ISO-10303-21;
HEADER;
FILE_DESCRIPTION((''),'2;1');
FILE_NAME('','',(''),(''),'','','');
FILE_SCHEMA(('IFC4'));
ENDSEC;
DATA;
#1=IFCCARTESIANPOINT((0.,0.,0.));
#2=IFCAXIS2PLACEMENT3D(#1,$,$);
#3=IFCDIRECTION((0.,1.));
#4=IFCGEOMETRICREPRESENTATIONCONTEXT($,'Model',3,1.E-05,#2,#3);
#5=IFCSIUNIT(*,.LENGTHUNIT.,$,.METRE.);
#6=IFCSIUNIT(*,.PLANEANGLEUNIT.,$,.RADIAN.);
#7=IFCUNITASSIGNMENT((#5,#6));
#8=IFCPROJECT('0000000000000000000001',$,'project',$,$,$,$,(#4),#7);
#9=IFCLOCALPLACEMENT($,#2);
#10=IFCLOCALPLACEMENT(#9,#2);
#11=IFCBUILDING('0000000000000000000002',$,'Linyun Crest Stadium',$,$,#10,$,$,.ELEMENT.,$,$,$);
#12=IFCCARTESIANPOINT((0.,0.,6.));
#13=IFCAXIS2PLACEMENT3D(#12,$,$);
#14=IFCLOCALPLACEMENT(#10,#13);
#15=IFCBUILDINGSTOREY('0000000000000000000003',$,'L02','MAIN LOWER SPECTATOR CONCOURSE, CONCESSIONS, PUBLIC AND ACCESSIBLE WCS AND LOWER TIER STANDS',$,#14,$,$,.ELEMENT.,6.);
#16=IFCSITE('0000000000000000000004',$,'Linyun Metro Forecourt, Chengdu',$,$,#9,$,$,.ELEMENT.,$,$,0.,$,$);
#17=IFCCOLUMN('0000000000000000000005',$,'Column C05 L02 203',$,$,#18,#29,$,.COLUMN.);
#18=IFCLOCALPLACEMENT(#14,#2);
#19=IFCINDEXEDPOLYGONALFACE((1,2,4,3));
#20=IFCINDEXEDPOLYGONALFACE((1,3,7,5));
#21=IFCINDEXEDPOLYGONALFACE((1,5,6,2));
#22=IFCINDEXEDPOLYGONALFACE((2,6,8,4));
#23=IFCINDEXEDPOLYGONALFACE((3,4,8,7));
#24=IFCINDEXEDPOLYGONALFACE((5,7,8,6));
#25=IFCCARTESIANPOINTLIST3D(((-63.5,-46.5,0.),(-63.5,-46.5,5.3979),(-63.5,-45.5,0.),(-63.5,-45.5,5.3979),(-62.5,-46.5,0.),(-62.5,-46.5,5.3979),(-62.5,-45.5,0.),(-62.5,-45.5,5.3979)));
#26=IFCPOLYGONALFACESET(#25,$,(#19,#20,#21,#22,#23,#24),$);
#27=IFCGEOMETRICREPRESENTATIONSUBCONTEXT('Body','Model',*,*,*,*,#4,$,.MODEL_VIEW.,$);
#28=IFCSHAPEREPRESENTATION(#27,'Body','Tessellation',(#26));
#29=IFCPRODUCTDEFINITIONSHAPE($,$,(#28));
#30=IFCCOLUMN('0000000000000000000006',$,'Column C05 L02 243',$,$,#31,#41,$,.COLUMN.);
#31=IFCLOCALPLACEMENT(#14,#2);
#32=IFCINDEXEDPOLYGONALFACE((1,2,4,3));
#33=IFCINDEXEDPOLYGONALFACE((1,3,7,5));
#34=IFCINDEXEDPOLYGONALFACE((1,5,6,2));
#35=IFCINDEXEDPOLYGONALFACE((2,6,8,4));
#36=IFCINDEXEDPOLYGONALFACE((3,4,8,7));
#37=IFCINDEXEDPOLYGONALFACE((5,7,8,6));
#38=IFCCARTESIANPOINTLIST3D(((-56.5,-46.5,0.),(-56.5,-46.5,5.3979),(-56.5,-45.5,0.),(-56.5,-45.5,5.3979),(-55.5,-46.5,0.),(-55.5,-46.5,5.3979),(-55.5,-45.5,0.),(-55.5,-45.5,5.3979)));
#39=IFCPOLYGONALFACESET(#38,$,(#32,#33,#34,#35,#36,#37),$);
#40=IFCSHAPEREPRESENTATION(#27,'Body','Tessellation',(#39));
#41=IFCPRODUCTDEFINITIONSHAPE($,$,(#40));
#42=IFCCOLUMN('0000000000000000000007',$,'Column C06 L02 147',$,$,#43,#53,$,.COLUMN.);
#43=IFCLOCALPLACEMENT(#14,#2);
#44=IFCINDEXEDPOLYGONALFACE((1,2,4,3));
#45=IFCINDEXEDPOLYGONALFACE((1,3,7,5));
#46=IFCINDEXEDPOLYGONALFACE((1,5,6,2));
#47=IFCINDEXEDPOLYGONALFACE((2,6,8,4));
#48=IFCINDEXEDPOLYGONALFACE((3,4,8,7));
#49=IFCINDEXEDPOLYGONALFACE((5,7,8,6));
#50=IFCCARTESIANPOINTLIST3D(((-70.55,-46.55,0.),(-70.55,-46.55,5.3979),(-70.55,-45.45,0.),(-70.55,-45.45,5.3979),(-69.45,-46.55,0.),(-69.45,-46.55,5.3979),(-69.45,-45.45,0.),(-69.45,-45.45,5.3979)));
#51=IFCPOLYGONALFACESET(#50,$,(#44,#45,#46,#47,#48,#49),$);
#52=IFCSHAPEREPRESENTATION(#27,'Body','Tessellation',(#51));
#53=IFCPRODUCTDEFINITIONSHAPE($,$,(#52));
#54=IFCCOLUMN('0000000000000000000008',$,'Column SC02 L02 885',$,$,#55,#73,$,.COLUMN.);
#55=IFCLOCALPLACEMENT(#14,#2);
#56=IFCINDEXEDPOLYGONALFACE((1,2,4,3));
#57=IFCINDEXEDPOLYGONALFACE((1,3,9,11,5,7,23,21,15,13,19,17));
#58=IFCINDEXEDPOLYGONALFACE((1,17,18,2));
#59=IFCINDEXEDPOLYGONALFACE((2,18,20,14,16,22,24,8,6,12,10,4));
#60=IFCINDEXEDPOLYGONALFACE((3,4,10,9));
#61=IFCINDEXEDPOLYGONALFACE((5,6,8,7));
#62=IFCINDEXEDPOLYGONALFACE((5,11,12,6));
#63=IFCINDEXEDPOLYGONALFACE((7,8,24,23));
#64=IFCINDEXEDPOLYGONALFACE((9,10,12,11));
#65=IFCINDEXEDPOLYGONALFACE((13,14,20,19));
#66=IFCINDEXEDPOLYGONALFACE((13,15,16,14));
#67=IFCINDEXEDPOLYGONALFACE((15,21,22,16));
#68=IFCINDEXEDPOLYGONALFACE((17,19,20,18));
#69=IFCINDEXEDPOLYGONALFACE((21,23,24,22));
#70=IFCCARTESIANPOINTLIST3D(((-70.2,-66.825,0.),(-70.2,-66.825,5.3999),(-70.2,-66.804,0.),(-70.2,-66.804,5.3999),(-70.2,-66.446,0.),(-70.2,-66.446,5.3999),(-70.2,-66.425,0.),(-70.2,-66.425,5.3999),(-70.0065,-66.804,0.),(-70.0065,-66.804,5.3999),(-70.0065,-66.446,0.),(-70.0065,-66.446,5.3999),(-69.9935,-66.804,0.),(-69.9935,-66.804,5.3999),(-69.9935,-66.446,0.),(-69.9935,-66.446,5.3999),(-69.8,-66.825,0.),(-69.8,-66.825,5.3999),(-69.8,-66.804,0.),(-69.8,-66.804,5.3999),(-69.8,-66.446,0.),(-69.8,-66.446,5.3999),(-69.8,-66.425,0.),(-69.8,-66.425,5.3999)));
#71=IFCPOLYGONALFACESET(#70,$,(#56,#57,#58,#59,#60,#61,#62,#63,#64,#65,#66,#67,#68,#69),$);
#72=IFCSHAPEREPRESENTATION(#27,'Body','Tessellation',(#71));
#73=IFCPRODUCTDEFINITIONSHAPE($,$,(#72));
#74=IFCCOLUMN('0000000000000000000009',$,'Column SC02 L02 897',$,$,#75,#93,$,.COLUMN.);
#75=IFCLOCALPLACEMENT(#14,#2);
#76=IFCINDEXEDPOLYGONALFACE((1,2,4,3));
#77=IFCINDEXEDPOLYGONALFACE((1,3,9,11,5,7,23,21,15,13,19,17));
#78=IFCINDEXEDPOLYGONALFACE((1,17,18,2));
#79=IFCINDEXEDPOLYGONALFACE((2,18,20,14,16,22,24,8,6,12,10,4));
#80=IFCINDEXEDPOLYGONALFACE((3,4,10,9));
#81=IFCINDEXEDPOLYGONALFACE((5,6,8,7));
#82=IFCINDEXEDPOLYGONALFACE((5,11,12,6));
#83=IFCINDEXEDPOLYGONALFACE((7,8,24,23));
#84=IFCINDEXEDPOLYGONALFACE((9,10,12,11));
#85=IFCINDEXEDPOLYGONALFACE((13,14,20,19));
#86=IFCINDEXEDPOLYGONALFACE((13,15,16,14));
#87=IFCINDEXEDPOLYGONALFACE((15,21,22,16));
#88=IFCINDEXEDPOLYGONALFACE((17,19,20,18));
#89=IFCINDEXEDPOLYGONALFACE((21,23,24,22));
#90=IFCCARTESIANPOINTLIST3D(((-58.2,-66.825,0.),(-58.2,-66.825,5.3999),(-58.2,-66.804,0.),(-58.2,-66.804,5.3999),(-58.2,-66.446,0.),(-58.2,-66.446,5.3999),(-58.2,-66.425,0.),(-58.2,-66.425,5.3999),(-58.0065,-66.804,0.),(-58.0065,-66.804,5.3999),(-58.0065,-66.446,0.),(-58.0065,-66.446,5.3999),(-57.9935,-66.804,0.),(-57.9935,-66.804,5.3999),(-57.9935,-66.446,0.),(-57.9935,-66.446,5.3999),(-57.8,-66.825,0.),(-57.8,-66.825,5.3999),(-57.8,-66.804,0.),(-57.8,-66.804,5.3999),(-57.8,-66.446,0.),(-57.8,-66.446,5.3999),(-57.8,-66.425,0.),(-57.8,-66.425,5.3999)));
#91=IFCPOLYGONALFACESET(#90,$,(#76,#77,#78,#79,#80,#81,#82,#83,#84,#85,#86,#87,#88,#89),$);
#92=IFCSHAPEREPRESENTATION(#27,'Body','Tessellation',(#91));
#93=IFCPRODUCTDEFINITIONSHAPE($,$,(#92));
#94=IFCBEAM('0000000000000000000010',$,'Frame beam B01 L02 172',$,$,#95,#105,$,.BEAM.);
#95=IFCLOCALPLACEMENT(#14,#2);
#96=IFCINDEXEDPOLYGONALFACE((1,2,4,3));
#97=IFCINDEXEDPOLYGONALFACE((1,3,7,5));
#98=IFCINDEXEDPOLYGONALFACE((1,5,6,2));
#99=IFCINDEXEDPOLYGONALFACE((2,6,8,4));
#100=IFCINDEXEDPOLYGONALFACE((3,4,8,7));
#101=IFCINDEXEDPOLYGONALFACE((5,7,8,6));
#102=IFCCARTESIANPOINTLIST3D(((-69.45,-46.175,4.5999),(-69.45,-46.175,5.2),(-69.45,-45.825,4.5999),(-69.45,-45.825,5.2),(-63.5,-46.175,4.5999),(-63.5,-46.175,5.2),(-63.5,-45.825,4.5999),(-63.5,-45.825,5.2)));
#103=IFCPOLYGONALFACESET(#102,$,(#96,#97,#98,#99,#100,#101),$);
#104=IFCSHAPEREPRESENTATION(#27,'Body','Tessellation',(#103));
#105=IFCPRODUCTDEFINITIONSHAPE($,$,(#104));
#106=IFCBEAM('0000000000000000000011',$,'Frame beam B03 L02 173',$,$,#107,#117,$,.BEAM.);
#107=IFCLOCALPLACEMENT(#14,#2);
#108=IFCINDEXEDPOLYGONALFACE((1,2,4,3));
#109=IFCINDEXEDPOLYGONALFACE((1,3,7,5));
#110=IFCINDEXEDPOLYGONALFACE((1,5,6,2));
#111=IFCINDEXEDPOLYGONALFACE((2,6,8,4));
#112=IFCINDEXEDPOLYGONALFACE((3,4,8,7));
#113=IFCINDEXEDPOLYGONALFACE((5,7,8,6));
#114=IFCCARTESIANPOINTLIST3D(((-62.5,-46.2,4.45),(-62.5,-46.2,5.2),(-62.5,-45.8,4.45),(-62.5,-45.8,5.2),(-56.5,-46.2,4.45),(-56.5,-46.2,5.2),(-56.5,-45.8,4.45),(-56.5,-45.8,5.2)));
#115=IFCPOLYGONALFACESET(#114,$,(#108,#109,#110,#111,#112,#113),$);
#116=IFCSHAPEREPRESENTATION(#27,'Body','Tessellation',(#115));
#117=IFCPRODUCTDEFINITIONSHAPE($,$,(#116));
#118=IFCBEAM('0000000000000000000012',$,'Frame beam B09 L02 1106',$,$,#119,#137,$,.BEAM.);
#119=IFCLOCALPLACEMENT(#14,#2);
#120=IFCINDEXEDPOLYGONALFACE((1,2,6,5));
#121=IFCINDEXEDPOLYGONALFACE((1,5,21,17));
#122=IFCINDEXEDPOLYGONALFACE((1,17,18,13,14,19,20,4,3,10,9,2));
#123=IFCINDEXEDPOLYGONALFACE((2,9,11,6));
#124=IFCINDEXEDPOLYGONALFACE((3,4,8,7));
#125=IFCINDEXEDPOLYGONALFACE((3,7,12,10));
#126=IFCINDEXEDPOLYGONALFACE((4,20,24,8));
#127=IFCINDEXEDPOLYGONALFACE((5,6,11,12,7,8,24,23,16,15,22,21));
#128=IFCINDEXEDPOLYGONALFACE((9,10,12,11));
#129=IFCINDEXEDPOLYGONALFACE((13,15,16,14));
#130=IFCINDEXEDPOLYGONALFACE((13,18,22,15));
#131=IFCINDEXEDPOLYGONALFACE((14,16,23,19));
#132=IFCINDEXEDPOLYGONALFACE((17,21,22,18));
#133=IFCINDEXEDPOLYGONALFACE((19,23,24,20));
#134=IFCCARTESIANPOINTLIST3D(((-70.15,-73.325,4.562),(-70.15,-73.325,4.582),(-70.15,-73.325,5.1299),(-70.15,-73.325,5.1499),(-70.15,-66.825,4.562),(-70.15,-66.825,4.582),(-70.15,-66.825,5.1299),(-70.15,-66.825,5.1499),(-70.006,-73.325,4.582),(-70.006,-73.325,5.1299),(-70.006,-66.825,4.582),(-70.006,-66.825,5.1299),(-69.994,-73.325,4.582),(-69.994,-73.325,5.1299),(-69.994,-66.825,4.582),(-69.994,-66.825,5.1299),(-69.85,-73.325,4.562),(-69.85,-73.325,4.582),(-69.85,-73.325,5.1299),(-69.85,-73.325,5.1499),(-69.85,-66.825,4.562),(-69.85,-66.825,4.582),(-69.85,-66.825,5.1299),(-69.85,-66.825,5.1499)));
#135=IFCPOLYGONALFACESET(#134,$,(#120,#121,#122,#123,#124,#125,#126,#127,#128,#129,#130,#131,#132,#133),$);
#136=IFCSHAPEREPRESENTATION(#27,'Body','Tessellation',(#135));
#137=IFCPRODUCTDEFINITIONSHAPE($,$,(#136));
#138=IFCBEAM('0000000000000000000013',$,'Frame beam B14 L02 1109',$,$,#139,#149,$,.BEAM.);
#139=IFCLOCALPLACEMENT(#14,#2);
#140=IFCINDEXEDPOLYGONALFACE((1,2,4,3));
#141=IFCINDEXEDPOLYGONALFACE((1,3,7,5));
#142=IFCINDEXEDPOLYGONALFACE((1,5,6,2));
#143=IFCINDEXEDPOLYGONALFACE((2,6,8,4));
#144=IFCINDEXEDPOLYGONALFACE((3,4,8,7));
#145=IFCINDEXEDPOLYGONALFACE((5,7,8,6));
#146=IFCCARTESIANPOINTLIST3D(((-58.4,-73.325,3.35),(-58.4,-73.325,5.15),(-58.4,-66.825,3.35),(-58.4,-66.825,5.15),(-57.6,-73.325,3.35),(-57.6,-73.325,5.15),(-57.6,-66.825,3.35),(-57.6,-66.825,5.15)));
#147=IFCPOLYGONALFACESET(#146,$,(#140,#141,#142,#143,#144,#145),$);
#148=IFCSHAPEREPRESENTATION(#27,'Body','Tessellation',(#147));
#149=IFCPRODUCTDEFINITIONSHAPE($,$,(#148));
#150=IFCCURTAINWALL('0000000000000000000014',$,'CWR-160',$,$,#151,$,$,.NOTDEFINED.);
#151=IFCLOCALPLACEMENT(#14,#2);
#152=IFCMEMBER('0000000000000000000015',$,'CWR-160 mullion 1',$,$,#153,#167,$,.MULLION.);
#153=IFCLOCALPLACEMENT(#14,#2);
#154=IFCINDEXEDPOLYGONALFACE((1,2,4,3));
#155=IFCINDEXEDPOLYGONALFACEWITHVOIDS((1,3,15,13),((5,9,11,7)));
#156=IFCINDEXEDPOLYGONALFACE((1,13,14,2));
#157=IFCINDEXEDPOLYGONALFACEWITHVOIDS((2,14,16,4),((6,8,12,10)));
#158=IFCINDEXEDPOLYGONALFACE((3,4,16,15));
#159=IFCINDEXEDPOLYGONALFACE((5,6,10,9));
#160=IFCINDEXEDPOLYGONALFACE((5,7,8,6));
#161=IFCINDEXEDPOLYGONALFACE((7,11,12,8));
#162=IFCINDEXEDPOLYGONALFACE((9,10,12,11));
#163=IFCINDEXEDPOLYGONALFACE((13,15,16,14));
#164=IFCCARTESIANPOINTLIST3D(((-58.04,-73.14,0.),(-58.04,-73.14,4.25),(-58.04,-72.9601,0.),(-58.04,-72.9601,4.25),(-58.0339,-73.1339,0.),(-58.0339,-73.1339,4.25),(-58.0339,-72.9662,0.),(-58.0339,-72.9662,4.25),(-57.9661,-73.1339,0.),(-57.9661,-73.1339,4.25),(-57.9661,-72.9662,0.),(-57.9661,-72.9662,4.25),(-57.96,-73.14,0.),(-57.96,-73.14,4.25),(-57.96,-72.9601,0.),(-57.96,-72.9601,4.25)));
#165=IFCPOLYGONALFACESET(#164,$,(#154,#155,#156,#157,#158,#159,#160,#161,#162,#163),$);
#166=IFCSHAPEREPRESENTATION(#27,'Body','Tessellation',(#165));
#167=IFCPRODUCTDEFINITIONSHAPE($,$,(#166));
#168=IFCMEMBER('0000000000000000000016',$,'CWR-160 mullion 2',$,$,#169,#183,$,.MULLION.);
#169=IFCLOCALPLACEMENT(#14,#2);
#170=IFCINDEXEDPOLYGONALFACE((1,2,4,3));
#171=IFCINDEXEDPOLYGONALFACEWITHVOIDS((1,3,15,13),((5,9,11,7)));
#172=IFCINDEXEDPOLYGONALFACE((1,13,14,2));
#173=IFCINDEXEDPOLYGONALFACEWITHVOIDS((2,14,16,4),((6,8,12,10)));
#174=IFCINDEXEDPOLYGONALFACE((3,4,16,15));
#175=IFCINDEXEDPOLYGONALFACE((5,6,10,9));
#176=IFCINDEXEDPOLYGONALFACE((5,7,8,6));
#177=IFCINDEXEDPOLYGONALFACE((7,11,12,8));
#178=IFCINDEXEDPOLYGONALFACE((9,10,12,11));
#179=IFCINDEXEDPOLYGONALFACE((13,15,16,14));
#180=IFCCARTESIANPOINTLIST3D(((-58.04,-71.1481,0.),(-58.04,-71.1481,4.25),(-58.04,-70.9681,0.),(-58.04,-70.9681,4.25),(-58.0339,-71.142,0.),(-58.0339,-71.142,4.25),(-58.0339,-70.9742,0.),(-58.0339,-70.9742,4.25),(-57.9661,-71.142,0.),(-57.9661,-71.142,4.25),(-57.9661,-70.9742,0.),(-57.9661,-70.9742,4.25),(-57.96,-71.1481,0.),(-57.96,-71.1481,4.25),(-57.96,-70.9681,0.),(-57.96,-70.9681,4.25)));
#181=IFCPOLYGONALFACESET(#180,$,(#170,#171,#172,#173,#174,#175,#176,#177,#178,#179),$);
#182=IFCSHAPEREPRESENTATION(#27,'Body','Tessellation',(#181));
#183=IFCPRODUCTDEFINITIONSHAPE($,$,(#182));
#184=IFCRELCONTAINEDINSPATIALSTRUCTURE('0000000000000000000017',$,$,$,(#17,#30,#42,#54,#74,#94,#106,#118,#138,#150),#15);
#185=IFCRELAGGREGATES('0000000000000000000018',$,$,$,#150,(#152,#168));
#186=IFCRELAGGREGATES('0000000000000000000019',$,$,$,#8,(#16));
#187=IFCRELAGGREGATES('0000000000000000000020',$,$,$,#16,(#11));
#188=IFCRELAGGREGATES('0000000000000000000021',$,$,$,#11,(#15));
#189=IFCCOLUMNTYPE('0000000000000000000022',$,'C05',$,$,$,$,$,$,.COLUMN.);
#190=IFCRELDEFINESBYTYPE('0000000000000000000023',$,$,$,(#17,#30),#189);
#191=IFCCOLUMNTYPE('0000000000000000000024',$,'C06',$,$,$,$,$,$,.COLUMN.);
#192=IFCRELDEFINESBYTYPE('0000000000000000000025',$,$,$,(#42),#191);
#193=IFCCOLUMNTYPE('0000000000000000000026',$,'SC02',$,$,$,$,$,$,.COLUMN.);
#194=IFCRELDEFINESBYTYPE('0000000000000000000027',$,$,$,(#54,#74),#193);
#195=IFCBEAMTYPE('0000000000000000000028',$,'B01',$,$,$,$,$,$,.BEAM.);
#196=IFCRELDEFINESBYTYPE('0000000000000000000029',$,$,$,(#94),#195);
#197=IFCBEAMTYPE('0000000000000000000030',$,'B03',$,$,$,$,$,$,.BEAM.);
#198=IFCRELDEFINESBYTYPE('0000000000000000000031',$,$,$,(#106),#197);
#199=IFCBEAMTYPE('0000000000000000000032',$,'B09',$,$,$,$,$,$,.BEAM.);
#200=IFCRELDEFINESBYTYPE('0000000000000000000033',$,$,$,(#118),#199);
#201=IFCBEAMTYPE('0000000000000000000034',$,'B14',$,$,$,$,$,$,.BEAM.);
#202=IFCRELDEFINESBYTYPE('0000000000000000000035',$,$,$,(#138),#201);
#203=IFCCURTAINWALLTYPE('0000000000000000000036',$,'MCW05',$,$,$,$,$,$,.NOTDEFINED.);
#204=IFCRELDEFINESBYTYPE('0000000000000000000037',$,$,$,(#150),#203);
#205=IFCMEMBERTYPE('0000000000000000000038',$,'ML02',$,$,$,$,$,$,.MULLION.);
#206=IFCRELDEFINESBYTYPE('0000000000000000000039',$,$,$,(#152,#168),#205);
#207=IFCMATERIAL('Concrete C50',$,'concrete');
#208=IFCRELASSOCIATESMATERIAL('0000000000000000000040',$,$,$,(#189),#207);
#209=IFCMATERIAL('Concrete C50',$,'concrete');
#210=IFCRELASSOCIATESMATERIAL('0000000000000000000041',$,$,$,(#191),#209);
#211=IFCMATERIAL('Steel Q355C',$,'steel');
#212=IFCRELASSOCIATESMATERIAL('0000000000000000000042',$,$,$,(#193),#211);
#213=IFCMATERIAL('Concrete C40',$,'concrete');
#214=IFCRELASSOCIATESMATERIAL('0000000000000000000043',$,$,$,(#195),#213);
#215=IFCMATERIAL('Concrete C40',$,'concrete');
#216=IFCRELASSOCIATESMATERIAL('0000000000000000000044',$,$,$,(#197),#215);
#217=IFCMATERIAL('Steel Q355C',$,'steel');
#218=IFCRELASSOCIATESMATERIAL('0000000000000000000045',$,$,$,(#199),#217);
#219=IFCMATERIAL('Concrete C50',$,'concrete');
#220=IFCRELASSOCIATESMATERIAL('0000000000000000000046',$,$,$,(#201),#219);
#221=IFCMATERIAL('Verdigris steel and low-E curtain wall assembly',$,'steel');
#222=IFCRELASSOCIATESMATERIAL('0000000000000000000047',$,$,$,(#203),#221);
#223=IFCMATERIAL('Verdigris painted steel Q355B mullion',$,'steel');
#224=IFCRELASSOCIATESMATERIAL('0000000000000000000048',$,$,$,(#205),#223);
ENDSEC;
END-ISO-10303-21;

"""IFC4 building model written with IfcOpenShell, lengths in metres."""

from ifc_helpers import new_model, si_unit, direction, frame, origin, origin_2d, place, context, subcontext, project, spatial, rectangle, hollow_rectangle, i_section, extrude, material, material_profile, profile_set, type_object, element, aggregate, save


model = new_model("IFC4")

# Units and contexts
model_context = context("Model", 3, precision=1e-05, world=origin(), true_north=direction((0.0, 1.0)))
body_context = subcontext(model_context, "Body", "Model", "MODEL_VIEW")
ifc_project = project(units=[si_unit("LENGTHUNIT", "METRE"), si_unit("PLANEANGLEUNIT", "RADIAN")], contexts=[model_context])

# Site, building, storey
site_placement = place(None, origin())
site = spatial("IfcSite", under=ifc_project, at=site_placement, Name="Linyun Metro Forecourt, Chengdu", CompositionType="ELEMENT", RefElevation=0.0)
building_placement = place(site_placement, origin())
building = spatial("IfcBuilding", under=site, at=building_placement, Name="Linyun Crest Stadium", CompositionType="ELEMENT")
storey_placement = place(building_placement, frame((0.0, 0.0, 6.0)))
storey = spatial("IfcBuildingStorey", under=building, at=storey_placement, Name="L02", Description="MAIN LOWER SPECTATOR CONCOURSE, CONCESSIONS, PUBLIC AND ACCESSIBLE WCS AND LOWER TIER STANDS", CompositionType="ELEMENT", Elevation=6.0)

# Columns
ifc_material_1 = material(Name="Concrete C50", Category="concrete")
ifc_material_profile_1 = material_profile(ifc_material_1, rectangle(XDim=1.0, YDim=1.0, at=origin_2d()), Name="RC 1000x1000")
ifc_profile_set_1 = profile_set([ifc_material_profile_1], Name="Concrete C50")
column_type_1 = type_object("IfcColumnType", Name="C05", PredefinedType="COLUMN", material=ifc_profile_set_1)
for number, where, z_axis, x_axis, name in (
    (1, (-63.0, -46.0, 0.0), (0.0, 0.0, 1.0), (1.0, 0.0, 0.0), "Column C05 L02 203"),
    (2, (-56.0, -46.0, 0.0), (0.0, 0.0, 1.0), (1.0, 0.0, 0.0), "Column C05 L02 243"),
):
    element("IfcColumn", number, at=place(storey_placement, frame(where, z_axis=z_axis, x_axis=x_axis)), inside=storey, type_object=column_type_1, Name=name, PredefinedType="COLUMN", context=body_context, shape_type="SweptSolid", body=[
        extrude(rectangle(XDim=1.0, YDim=1.0, at=origin_2d()), origin(), (0.0, 0.0, 1.0), 5.3979),
    ])
ifc_material_2 = material(Name="Concrete C50", Category="concrete")
ifc_material_profile_2 = material_profile(ifc_material_2, rectangle(XDim=1.1001, YDim=1.1001, at=origin_2d()), Name="RC 1100x1100")
ifc_profile_set_2 = profile_set([ifc_material_profile_2], Name="Concrete C50")
column_type_2 = type_object("IfcColumnType", Name="C06", PredefinedType="COLUMN", material=ifc_profile_set_2)
column_placement = place(storey_placement, frame((-70.0, -46.0, 0.0), z_axis=(0.0, 0.0, 1.0), x_axis=(1.0, 0.0, 0.0)))
element("IfcColumn", 3, at=column_placement, inside=storey, type_object=column_type_2, Name="Column C06 L02 147", PredefinedType="COLUMN", context=body_context, shape_type="SweptSolid", body=[
    extrude(rectangle(XDim=1.1001, YDim=1.1001, at=origin_2d()), origin(), (0.0, 0.0, 1.0), 5.3979),
])
ifc_material_3 = material(Name="Steel Q355C", Category="steel")
ifc_material_profile_3 = material_profile(ifc_material_3, i_section(OverallWidth=0.3999, OverallDepth=0.3999, WebThickness=0.0129, FlangeThickness=0.021, at=origin_2d()), Name="HW 400x400")
ifc_profile_set_3 = profile_set([ifc_material_profile_3], Name="Steel Q355C")
column_type_3 = type_object("IfcColumnType", Name="SC02", PredefinedType="COLUMN", material=ifc_profile_set_3)
for number, where, z_axis, x_axis, name in (
    (4, (-70.0, -66.625, 0.0), (0.0, 0.0, 1.0), (1.0, 0.0, 0.0), "Column SC02 L02 885"),
    (5, (-58.0, -66.625, 0.0), (0.0, 0.0, 1.0), (1.0, 0.0, 0.0), "Column SC02 L02 897"),
):
    element("IfcColumn", number, at=place(storey_placement, frame(where, z_axis=z_axis, x_axis=x_axis)), inside=storey, type_object=column_type_3, Name=name, PredefinedType="COLUMN", context=body_context, shape_type="SweptSolid", body=[
        extrude(i_section(OverallWidth=0.3999, OverallDepth=0.3999, WebThickness=0.0129, FlangeThickness=0.021, at=origin_2d()), origin(), (0.0, 0.0, 1.0), 5.3999),
    ])

# Beams
ifc_material_4 = material(Name="Concrete C40", Category="concrete")
ifc_material_profile_4 = material_profile(ifc_material_4, rectangle(XDim=0.3501, YDim=0.6001, at=origin_2d()), Name="RCB 600x350")
ifc_profile_set_4 = profile_set([ifc_material_profile_4], Name="Concrete C40")
beam_type_1 = type_object("IfcBeamType", Name="B01", PredefinedType="BEAM", material=ifc_profile_set_4)
beam_1_placement = place(storey_placement, frame((-69.45, -46.0, 4.8999), z_axis=(1.0, 0.0, 0.0), x_axis=(0.0, 1.0, 0.0)))
element("IfcBeam", 6, at=beam_1_placement, inside=storey, type_object=beam_type_1, Name="Frame beam B01 L02 172", PredefinedType="BEAM", context=body_context, shape_type="SweptSolid", body=[
    extrude(rectangle(XDim=0.3501, YDim=0.6001, at=origin_2d()), origin(), (0.0, 0.0, 1.0), 5.95),
])
ifc_material_5 = material(Name="Concrete C40", Category="concrete")
ifc_material_profile_5 = material_profile(ifc_material_5, rectangle(XDim=0.3999, YDim=0.75, at=origin_2d()), Name="RCB 750x400")
ifc_profile_set_5 = profile_set([ifc_material_profile_5], Name="Concrete C40")
beam_type_2 = type_object("IfcBeamType", Name="B03", PredefinedType="BEAM", material=ifc_profile_set_5)
beam_2_placement = place(storey_placement, frame((-62.5, -46.0, 4.825), z_axis=(1.0, 0.0, 0.0), x_axis=(0.0, 1.0, 0.0)))
element("IfcBeam", 7, at=beam_2_placement, inside=storey, type_object=beam_type_2, Name="Frame beam B03 L02 173", PredefinedType="BEAM", context=body_context, shape_type="SweptSolid", body=[
    extrude(rectangle(XDim=0.3999, YDim=0.75, at=origin_2d()), origin(), (0.0, 0.0, 1.0), 6.0),
])
ifc_material_6 = material(Name="Steel Q355C", Category="steel")
ifc_material_profile_6 = material_profile(ifc_material_6, i_section(OverallWidth=0.3, OverallDepth=0.5879, WebThickness=0.012, FlangeThickness=0.02, at=origin_2d()), Name="HM 588x300")
ifc_profile_set_6 = profile_set([ifc_material_profile_6], Name="Steel Q355C")
beam_type_3 = type_object("IfcBeamType", Name="B09", PredefinedType="BEAM", material=ifc_profile_set_6)
beam_3_placement = place(storey_placement, frame((-70.0, -73.325, 4.856), z_axis=(0.0, 1.0, 0.0), x_axis=(-1.0, 0.0, 0.0)))
element("IfcBeam", 8, at=beam_3_placement, inside=storey, type_object=beam_type_3, Name="Frame beam B09 L02 1106", PredefinedType="BEAM", context=body_context, shape_type="SweptSolid", body=[
    extrude(i_section(OverallWidth=0.3, OverallDepth=0.5879, WebThickness=0.012, FlangeThickness=0.02, at=origin_2d()), origin(), (0.0, 0.0, 1.0), 6.5),
])
ifc_material_7 = material(Name="Concrete C50", Category="concrete")
ifc_material_profile_7 = material_profile(ifc_material_7, rectangle(XDim=0.8, YDim=1.8, at=origin_2d()), Name="RCB 1800x800")
ifc_profile_set_7 = profile_set([ifc_material_profile_7], Name="Concrete C50")
beam_type_4 = type_object("IfcBeamType", Name="B14", PredefinedType="BEAM", material=ifc_profile_set_7)
beam_4_placement = place(storey_placement, frame((-58.0, -73.325, 4.25), z_axis=(0.0, 1.0, 0.0), x_axis=(-1.0, 0.0, 0.0)))
element("IfcBeam", 9, at=beam_4_placement, inside=storey, type_object=beam_type_4, Name="Frame beam B14 L02 1109", PredefinedType="BEAM", context=body_context, shape_type="SweptSolid", body=[
    extrude(rectangle(XDim=0.8, YDim=1.8, at=origin_2d()), origin(), (0.0, 0.0, 1.0), 6.5),
])

# Curtain wall, members
ifc_material_8 = material(Name="Verdigris steel and low-E curtain wall assembly", Category="steel")
curtain_wall_type = type_object("IfcCurtainWallType", Name="MCW05", PredefinedType="NOTDEFINED", material=ifc_material_8)
curtain_wall_placement = place(storey_placement, origin())
curtain_wall = element("IfcCurtainWall", 10, at=curtain_wall_placement, inside=storey, type_object=curtain_wall_type, Name="CWR-160", PredefinedType="NOTDEFINED")
ifc_material_9 = material(Name="Verdigris painted steel Q355B mullion", Category="steel")
ifc_material_profile_8 = material_profile(ifc_material_9, hollow_rectangle(XDim=0.0801, YDim=0.1799, WallThickness=0.0061, at=origin_2d()), Name="RHS 180x80x6")
ifc_profile_set_8 = profile_set([ifc_material_profile_8], Name="Verdigris painted steel Q355B mullion")
member_type_1 = type_object("IfcMemberType", Name="ML02", PredefinedType="MULLION", material=ifc_profile_set_8)
member_1_placement = place(storey_placement, frame((-58.0, -73.05, 0.0), z_axis=(0.0, 0.0, 1.0), x_axis=(-1.0, 0.0, 0.0)))
member_1 = element("IfcMember", 11, at=member_1_placement, type_object=member_type_1, Name="CWR-160 mullion 1", PredefinedType="MULLION", context=body_context, shape_type="SweptSolid", body=[
    extrude(hollow_rectangle(XDim=0.0801, YDim=0.1799, WallThickness=0.0061, at=origin_2d()), origin(), (0.0, 0.0, 1.0), 4.25),
])
member_2_placement = place(storey_placement, frame((-58.0, -71.0581, 0.0), z_axis=(0.0, 0.0, 1.0), x_axis=(-1.0, 0.0, 0.0)))
member_2 = element("IfcMember", 12, at=member_2_placement, type_object=member_type_1, Name="CWR-160 mullion 2", PredefinedType="MULLION", context=body_context, shape_type="SweptSolid", body=[
    extrude(hollow_rectangle(XDim=0.0801, YDim=0.1799, WallThickness=0.0061, at=origin_2d()), origin(), (0.0, 0.0, 1.0), 4.25),
])
aggregate(curtain_wall, [member_1, member_2])

save(model, "model.ifc")
